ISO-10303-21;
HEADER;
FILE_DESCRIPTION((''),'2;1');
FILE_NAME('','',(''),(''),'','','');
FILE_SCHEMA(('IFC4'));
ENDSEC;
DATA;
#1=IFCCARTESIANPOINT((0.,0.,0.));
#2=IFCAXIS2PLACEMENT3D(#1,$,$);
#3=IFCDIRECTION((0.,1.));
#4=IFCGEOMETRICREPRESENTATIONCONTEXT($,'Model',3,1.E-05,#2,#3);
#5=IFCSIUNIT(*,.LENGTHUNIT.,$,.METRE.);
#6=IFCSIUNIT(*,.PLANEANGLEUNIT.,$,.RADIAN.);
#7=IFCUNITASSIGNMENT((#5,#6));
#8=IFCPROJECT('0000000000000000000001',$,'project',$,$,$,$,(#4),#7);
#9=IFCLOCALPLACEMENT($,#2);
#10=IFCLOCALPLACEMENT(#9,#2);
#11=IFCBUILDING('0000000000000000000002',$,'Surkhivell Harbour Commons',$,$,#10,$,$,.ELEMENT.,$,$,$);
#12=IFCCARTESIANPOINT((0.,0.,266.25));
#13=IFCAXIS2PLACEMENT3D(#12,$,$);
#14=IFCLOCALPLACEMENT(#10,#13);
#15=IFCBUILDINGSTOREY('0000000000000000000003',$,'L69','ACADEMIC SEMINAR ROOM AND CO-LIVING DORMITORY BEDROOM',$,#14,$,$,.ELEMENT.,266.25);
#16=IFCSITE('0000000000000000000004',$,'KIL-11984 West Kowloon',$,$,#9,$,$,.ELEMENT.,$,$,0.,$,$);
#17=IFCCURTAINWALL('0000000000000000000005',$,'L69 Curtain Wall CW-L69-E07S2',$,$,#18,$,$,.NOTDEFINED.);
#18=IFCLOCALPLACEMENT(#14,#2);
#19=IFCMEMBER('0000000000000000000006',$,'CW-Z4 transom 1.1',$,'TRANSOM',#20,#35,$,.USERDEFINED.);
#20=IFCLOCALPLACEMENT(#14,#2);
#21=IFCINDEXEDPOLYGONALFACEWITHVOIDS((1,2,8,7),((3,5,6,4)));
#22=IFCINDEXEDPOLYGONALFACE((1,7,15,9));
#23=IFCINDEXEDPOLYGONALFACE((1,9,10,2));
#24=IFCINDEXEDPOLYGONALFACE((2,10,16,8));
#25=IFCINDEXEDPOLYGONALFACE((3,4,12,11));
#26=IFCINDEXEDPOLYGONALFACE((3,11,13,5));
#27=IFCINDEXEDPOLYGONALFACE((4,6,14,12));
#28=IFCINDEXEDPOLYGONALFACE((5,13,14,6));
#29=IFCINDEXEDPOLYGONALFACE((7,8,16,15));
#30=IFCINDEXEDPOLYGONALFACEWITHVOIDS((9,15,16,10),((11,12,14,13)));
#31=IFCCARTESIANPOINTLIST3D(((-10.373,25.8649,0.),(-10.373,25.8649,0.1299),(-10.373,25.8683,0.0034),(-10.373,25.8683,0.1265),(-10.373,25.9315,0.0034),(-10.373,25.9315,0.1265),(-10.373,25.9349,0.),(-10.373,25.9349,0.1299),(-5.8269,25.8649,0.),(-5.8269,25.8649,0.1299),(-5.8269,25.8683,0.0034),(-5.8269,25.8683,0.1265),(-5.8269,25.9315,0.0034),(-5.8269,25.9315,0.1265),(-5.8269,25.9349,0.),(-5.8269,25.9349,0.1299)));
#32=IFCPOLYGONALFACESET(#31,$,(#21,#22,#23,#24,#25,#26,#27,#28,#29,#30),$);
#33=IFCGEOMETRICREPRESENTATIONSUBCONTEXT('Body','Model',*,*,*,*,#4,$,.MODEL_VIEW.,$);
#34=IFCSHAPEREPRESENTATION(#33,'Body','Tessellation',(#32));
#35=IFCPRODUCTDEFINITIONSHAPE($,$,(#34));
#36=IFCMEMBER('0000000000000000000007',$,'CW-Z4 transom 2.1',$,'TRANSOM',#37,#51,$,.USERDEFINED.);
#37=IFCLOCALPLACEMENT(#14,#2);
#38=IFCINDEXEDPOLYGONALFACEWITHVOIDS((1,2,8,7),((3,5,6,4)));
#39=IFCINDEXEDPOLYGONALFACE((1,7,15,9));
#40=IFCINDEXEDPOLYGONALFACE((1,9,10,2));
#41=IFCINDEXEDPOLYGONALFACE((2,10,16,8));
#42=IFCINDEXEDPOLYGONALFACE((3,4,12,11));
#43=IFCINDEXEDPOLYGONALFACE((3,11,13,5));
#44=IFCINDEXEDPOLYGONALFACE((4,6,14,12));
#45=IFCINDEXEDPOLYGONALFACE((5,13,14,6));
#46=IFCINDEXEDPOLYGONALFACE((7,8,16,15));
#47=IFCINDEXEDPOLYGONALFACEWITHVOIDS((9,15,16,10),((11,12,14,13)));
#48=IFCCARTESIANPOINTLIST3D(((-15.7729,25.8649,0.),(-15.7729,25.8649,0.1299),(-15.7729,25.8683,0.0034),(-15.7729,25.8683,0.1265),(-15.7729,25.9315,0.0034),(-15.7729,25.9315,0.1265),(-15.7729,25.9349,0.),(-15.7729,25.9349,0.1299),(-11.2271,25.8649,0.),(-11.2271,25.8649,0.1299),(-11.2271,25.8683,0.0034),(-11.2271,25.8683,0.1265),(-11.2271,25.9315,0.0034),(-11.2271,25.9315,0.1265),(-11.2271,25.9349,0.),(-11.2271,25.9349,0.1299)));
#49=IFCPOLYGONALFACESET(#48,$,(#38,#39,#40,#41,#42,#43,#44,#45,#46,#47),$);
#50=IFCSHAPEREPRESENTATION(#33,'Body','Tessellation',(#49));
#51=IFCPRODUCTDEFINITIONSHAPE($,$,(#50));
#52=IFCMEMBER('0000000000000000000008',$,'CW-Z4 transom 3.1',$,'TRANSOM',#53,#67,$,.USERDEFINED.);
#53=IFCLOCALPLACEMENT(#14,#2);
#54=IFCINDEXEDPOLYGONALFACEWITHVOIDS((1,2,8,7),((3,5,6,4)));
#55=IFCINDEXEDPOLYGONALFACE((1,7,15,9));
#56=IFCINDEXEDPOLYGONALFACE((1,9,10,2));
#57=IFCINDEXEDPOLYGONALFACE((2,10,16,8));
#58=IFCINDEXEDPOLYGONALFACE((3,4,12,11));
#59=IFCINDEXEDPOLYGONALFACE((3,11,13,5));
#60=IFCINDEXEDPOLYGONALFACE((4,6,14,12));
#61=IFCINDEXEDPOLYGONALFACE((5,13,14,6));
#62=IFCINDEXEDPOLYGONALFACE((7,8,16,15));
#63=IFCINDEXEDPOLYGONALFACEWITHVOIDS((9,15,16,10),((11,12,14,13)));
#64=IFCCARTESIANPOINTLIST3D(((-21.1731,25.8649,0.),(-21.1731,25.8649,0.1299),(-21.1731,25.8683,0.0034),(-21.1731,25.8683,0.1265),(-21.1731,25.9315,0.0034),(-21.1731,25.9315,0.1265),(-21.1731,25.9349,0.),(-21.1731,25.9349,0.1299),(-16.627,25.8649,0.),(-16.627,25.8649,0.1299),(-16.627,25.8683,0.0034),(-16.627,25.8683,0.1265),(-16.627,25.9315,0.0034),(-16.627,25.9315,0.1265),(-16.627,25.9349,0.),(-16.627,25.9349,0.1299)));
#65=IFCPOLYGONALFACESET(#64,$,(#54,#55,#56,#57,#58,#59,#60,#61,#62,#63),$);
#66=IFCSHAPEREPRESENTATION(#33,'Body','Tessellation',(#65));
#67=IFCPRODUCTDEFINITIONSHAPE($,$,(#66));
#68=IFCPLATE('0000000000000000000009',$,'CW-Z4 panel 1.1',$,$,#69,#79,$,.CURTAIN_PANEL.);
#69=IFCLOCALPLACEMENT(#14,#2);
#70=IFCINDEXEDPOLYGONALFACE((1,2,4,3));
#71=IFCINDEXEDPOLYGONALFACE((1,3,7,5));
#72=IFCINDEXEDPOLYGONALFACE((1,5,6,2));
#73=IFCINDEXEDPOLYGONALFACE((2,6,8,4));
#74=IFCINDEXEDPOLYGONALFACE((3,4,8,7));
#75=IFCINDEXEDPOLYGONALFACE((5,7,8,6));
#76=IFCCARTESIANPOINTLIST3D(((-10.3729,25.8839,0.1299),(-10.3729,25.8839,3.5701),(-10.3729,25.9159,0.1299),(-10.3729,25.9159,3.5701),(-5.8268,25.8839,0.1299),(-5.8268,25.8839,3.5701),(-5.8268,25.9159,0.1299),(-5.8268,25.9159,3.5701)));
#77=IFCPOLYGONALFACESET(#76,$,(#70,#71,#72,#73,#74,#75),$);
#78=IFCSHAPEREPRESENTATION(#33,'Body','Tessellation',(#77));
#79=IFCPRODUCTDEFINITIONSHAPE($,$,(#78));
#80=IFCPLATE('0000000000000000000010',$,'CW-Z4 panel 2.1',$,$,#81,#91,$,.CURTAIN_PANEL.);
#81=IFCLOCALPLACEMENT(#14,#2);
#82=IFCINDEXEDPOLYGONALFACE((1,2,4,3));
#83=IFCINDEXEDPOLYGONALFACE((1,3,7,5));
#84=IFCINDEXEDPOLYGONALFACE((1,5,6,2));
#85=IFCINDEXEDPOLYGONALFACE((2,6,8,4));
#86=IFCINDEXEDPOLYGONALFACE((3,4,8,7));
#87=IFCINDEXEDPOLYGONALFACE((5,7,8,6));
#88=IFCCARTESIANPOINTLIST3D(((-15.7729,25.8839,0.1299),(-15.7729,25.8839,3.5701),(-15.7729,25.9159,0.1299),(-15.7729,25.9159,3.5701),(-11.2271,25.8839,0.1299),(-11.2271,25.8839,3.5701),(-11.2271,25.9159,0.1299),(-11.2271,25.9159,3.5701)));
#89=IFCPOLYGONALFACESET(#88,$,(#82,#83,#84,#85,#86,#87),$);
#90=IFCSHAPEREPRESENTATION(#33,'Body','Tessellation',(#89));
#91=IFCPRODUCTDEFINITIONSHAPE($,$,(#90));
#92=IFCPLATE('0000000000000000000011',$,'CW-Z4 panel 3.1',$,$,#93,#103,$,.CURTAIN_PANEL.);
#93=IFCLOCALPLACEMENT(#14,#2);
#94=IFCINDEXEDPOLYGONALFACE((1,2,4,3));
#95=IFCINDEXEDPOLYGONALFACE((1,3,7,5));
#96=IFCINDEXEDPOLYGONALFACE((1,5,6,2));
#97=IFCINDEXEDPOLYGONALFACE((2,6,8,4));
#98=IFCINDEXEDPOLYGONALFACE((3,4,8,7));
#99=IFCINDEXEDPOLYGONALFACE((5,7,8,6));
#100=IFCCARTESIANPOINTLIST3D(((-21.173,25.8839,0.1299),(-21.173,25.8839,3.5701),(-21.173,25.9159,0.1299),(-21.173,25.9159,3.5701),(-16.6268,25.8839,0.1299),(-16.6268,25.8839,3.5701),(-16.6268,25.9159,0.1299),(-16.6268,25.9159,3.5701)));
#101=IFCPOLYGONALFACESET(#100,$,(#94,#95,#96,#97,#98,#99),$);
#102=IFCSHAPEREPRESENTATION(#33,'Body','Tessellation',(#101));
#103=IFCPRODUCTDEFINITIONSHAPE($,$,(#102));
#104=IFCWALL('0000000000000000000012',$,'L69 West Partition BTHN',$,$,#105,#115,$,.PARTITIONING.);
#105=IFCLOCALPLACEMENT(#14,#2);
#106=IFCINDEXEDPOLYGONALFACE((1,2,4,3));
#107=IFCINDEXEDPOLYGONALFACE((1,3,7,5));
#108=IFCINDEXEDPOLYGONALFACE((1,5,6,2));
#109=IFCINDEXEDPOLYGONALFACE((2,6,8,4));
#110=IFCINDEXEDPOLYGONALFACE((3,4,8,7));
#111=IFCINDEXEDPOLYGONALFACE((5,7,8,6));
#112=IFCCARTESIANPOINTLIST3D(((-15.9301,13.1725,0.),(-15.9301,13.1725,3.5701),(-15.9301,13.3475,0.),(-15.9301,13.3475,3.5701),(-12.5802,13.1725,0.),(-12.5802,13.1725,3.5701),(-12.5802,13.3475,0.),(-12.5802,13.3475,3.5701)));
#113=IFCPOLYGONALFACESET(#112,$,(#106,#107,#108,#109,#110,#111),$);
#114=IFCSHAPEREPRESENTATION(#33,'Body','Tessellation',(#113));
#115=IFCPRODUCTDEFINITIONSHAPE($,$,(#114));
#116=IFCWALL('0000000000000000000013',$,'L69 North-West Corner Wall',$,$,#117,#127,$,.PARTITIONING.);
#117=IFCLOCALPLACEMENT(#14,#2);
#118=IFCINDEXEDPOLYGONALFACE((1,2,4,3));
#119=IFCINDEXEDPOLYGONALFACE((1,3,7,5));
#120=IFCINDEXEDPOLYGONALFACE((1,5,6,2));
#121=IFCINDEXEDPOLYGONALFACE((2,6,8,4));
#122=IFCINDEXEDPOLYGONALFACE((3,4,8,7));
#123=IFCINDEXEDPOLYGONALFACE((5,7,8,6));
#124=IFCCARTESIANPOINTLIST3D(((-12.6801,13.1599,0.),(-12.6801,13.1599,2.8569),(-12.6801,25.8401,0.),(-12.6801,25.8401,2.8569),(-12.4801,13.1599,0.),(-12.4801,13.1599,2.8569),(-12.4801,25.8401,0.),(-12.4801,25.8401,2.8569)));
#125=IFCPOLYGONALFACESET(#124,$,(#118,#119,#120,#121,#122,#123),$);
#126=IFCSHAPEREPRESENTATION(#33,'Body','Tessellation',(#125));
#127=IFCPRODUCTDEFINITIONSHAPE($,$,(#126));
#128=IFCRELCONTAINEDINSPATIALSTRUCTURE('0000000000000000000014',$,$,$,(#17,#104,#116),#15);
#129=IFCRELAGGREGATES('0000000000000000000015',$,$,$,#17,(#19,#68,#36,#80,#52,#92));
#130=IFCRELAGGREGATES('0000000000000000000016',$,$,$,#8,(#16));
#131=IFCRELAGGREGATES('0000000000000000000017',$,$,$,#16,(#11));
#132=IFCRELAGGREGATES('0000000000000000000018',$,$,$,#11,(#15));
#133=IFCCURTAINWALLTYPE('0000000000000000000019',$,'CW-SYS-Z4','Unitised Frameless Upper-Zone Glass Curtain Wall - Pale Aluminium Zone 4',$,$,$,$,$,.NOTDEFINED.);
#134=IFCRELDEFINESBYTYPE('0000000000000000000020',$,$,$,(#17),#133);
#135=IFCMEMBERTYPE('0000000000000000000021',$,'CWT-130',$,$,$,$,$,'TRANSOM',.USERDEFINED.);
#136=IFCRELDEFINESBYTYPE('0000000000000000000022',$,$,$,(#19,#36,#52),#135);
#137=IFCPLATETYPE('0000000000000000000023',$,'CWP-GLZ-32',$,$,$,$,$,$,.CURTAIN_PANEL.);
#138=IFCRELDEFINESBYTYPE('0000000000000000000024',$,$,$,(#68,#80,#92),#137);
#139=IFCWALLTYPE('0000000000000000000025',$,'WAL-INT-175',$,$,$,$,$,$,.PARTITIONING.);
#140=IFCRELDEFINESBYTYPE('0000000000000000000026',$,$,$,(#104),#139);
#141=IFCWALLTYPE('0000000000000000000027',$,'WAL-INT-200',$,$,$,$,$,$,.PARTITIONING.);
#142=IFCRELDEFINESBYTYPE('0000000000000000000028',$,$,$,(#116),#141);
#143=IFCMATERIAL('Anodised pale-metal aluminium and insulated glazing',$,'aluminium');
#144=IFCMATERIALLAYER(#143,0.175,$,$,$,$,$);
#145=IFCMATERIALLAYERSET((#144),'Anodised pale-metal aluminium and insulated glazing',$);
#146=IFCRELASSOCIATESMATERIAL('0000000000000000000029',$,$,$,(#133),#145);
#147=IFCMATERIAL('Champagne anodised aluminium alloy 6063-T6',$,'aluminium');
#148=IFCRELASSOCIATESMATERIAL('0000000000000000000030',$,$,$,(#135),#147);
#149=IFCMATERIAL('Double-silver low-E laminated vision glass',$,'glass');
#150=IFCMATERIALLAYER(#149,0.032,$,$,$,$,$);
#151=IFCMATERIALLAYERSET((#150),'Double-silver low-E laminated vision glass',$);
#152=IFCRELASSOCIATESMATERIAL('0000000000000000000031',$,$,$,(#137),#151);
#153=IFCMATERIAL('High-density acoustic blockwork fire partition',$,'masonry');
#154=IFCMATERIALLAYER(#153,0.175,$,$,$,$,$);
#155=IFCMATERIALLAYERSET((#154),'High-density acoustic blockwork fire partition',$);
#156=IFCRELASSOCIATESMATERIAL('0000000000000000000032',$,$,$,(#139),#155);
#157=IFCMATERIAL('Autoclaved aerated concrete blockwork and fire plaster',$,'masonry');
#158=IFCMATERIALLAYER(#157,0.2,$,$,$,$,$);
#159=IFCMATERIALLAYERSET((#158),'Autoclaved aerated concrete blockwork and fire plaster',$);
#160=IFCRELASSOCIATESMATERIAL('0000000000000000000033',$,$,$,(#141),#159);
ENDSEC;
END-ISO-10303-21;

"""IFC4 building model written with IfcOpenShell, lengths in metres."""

from ifc_helpers import new_model, si_unit, direction, frame, frame_2d, origin, origin_2d, place, context, subcontext, project, spatial, rectangle, hollow_rectangle, extrude, material, layer, layer_set, material_profile, profile_set, type_object, element, aggregate, save


model = new_model("IFC4")

# Units and contexts
model_context = context("Model", 3, precision=1e-05, world=origin(), true_north=direction((0.0, 1.0)))
body_context = subcontext(model_context, "Body", "Model", "MODEL_VIEW")
ifc_project = project(units=[si_unit("LENGTHUNIT", "METRE"), si_unit("PLANEANGLEUNIT", "RADIAN")], contexts=[model_context])

# Site, building, storey
site_placement = place(None, origin())
site = spatial("IfcSite", under=ifc_project, at=site_placement, Name="KIL-11984 West Kowloon", CompositionType="ELEMENT", RefElevation=0.0)
building_placement = place(site_placement, origin())
building = spatial("IfcBuilding", under=site, at=building_placement, Name="Surkhivell Harbour Commons", CompositionType="ELEMENT")
storey_placement = place(building_placement, frame((0.0, 0.0, 266.25)))
storey = spatial("IfcBuildingStorey", under=building, at=storey_placement, Name="L69", Description="ACADEMIC SEMINAR ROOM AND CO-LIVING DORMITORY BEDROOM", CompositionType="ELEMENT", Elevation=266.25)

# Curtain wall, members, plates
ifc_material_1 = material(Name="Anodised pale-metal aluminium and insulated glazing", Category="aluminium")
ifc_layer_1 = layer(ifc_material_1, 0.175)
ifc_layer_set_1 = layer_set([ifc_layer_1], Name="Anodised pale-metal aluminium and insulated glazing")
curtain_wall_type = type_object("IfcCurtainWallType", Name="CW-SYS-Z4", Description="Unitised Frameless Upper-Zone Glass Curtain Wall - Pale Aluminium Zone 4", PredefinedType="NOTDEFINED", material=ifc_layer_set_1)
curtain_wall_placement = place(storey_placement, origin())
curtain_wall = element("IfcCurtainWall", 1, at=curtain_wall_placement, inside=storey, type_object=curtain_wall_type, Name="L69 Curtain Wall CW-L69-E07S2", PredefinedType="NOTDEFINED")
ifc_material_2 = material(Name="Champagne anodised aluminium alloy 6063-T6", Category="aluminium")
ifc_material_profile_1 = material_profile(ifc_material_2, hollow_rectangle(XDim=0.0701, YDim=0.1299, WallThickness=0.0034, at=origin_2d()), Name="ALU-TRAN-70x130")
ifc_profile_set_1 = profile_set([ifc_material_profile_1], Name="Champagne anodised aluminium alloy 6063-T6")
member_type_1 = type_object("IfcMemberType", Name="CWT-130", ElementType="TRANSOM", PredefinedType="USERDEFINED", material=ifc_profile_set_1)
member_1_placement = place(storey_placement, frame((-5.8269, 25.8999, 0.0649), z_axis=(-1.0, 0.0, 0.0), x_axis=(0.0, -1.0, 0.0)))
member_1 = element("IfcMember", 2, at=member_1_placement, type_object=member_type_1, Name="CW-Z4 transom 1.1", ObjectType="TRANSOM", PredefinedType="USERDEFINED", context=body_context, shape_type="SweptSolid", body=[
    extrude(hollow_rectangle(XDim=0.0701, YDim=0.1299, WallThickness=0.0034, at=origin_2d()), origin(), (0.0, 0.0, 1.0), 4.5461),
])
member_2_placement = place(storey_placement, frame((-11.2271, 25.8999, 0.0649), z_axis=(-1.0, 0.0, 0.0), x_axis=(0.0, -1.0, 0.0)))
member_2 = element("IfcMember", 3, at=member_2_placement, type_object=member_type_1, Name="CW-Z4 transom 2.1", ObjectType="TRANSOM", PredefinedType="USERDEFINED", context=body_context, shape_type="SweptSolid", body=[
    extrude(hollow_rectangle(XDim=0.0701, YDim=0.1299, WallThickness=0.0034, at=origin_2d()), origin(), (0.0, 0.0, 1.0), 4.5459),
])
member_3_placement = place(storey_placement, frame((-16.627, 25.8999, 0.0649), z_axis=(-1.0, 0.0, 0.0), x_axis=(0.0, -1.0, 0.0)))
member_3 = element("IfcMember", 4, at=member_3_placement, type_object=member_type_1, Name="CW-Z4 transom 3.1", ObjectType="TRANSOM", PredefinedType="USERDEFINED", context=body_context, shape_type="SweptSolid", body=[
    extrude(hollow_rectangle(XDim=0.0701, YDim=0.1299, WallThickness=0.0034, at=origin_2d()), origin(), (0.0, 0.0, 1.0), 4.5461),
])
ifc_material_3 = material(Name="Double-silver low-E laminated vision glass", Category="glass")
ifc_layer_2 = layer(ifc_material_3, 0.032)
ifc_layer_set_2 = layer_set([ifc_layer_2], Name="Double-silver low-E laminated vision glass")
plate_type = type_object("IfcPlateType", Name="CWP-GLZ-32", PredefinedType="CURTAIN_PANEL", material=ifc_layer_set_2)
plate_1_placement = place(storey_placement, frame((-5.8269, 25.8999, 0.1299), z_axis=(0.0, 0.0, 1.0), x_axis=(-1.0, 0.0, 0.0)))
plate_1 = element("IfcPlate", 5, at=plate_1_placement, type_object=plate_type, Name="CW-Z4 panel 1.1", PredefinedType="CURTAIN_PANEL", context=body_context, shape_type="SweptSolid", body=[
    extrude(rectangle(XDim=4.5461, YDim=0.032, at=frame_2d((2.2729, 0.0))), origin(), (0.0, 0.0, 1.0), 3.4402),
])
plate_2_placement = place(storey_placement, frame((-11.2271, 25.8999, 0.1299), z_axis=(0.0, 0.0, 1.0), x_axis=(-1.0, 0.0, 0.0)))
plate_2 = element("IfcPlate", 6, at=plate_2_placement, type_object=plate_type, Name="CW-Z4 panel 2.1", PredefinedType="CURTAIN_PANEL", context=body_context, shape_type="SweptSolid", body=[
    extrude(rectangle(XDim=4.5459, YDim=0.032, at=frame_2d((2.2729, 0.0))), origin(), (0.0, 0.0, 1.0), 3.4402),
])
plate_3_placement = place(storey_placement, frame((-16.627, 25.8999, 0.1299), z_axis=(0.0, 0.0, 1.0), x_axis=(-1.0, 0.0, 0.0)))
plate_3 = element("IfcPlate", 7, at=plate_3_placement, type_object=plate_type, Name="CW-Z4 panel 3.1", PredefinedType="CURTAIN_PANEL", context=body_context, shape_type="SweptSolid", body=[
    extrude(rectangle(XDim=4.5461, YDim=0.032, at=frame_2d((2.2729, 0.0))), origin(), (0.0, 0.0, 1.0), 3.4402),
])
aggregate(curtain_wall, [member_1, plate_1, member_2, plate_2, member_3, plate_3])

# Walls
ifc_material_4 = material(Name="High-density acoustic blockwork fire partition", Category="masonry")
ifc_layer_3 = layer(ifc_material_4, 0.175)
ifc_layer_set_3 = layer_set([ifc_layer_3], Name="High-density acoustic blockwork fire partition")
wall_type_1 = type_object("IfcWallType", Name="WAL-INT-175", PredefinedType="PARTITIONING", material=ifc_layer_set_3)
wall_1_placement = place(storey_placement, frame((-15.9299, 13.26, 0.0), z_axis=(0.0, 0.0, 1.0), x_axis=(1.0, 0.0, 0.0)))
element("IfcWall", 8, at=wall_1_placement, inside=storey, type_object=wall_type_1, Name="L69 West Partition BTHN", PredefinedType="PARTITIONING", context=body_context, shape_type="SweptSolid", body=[
    extrude(rectangle(XDim=3.3499, YDim=0.175, at=frame_2d((1.6748, 0.0))), origin(), (0.0, 0.0, 1.0), 3.5701),
])
ifc_material_5 = material(Name="Autoclaved aerated concrete blockwork and fire plaster", Category="masonry")
ifc_layer_4 = layer(ifc_material_5, 0.2)
ifc_layer_set_4 = layer_set([ifc_layer_4], Name="Autoclaved aerated concrete blockwork and fire plaster")
wall_type_2 = type_object("IfcWallType", Name="WAL-INT-200", PredefinedType="PARTITIONING", material=ifc_layer_set_4)
wall_2_placement = place(storey_placement, frame((-12.5801, 13.1599, 0.0), z_axis=(0.0, 0.0, 1.0), x_axis=(0.0, 1.0, 0.0)))
element("IfcWall", 9, at=wall_2_placement, inside=storey, type_object=wall_type_2, Name="L69 North-West Corner Wall", PredefinedType="PARTITIONING", context=body_context, shape_type="SweptSolid", body=[
    extrude(rectangle(XDim=12.6802, YDim=0.2, at=frame_2d((6.3401, 0.0))), origin(), (0.0, 0.0, 1.0), 2.8569),
])

save(model, "model.ifc")
